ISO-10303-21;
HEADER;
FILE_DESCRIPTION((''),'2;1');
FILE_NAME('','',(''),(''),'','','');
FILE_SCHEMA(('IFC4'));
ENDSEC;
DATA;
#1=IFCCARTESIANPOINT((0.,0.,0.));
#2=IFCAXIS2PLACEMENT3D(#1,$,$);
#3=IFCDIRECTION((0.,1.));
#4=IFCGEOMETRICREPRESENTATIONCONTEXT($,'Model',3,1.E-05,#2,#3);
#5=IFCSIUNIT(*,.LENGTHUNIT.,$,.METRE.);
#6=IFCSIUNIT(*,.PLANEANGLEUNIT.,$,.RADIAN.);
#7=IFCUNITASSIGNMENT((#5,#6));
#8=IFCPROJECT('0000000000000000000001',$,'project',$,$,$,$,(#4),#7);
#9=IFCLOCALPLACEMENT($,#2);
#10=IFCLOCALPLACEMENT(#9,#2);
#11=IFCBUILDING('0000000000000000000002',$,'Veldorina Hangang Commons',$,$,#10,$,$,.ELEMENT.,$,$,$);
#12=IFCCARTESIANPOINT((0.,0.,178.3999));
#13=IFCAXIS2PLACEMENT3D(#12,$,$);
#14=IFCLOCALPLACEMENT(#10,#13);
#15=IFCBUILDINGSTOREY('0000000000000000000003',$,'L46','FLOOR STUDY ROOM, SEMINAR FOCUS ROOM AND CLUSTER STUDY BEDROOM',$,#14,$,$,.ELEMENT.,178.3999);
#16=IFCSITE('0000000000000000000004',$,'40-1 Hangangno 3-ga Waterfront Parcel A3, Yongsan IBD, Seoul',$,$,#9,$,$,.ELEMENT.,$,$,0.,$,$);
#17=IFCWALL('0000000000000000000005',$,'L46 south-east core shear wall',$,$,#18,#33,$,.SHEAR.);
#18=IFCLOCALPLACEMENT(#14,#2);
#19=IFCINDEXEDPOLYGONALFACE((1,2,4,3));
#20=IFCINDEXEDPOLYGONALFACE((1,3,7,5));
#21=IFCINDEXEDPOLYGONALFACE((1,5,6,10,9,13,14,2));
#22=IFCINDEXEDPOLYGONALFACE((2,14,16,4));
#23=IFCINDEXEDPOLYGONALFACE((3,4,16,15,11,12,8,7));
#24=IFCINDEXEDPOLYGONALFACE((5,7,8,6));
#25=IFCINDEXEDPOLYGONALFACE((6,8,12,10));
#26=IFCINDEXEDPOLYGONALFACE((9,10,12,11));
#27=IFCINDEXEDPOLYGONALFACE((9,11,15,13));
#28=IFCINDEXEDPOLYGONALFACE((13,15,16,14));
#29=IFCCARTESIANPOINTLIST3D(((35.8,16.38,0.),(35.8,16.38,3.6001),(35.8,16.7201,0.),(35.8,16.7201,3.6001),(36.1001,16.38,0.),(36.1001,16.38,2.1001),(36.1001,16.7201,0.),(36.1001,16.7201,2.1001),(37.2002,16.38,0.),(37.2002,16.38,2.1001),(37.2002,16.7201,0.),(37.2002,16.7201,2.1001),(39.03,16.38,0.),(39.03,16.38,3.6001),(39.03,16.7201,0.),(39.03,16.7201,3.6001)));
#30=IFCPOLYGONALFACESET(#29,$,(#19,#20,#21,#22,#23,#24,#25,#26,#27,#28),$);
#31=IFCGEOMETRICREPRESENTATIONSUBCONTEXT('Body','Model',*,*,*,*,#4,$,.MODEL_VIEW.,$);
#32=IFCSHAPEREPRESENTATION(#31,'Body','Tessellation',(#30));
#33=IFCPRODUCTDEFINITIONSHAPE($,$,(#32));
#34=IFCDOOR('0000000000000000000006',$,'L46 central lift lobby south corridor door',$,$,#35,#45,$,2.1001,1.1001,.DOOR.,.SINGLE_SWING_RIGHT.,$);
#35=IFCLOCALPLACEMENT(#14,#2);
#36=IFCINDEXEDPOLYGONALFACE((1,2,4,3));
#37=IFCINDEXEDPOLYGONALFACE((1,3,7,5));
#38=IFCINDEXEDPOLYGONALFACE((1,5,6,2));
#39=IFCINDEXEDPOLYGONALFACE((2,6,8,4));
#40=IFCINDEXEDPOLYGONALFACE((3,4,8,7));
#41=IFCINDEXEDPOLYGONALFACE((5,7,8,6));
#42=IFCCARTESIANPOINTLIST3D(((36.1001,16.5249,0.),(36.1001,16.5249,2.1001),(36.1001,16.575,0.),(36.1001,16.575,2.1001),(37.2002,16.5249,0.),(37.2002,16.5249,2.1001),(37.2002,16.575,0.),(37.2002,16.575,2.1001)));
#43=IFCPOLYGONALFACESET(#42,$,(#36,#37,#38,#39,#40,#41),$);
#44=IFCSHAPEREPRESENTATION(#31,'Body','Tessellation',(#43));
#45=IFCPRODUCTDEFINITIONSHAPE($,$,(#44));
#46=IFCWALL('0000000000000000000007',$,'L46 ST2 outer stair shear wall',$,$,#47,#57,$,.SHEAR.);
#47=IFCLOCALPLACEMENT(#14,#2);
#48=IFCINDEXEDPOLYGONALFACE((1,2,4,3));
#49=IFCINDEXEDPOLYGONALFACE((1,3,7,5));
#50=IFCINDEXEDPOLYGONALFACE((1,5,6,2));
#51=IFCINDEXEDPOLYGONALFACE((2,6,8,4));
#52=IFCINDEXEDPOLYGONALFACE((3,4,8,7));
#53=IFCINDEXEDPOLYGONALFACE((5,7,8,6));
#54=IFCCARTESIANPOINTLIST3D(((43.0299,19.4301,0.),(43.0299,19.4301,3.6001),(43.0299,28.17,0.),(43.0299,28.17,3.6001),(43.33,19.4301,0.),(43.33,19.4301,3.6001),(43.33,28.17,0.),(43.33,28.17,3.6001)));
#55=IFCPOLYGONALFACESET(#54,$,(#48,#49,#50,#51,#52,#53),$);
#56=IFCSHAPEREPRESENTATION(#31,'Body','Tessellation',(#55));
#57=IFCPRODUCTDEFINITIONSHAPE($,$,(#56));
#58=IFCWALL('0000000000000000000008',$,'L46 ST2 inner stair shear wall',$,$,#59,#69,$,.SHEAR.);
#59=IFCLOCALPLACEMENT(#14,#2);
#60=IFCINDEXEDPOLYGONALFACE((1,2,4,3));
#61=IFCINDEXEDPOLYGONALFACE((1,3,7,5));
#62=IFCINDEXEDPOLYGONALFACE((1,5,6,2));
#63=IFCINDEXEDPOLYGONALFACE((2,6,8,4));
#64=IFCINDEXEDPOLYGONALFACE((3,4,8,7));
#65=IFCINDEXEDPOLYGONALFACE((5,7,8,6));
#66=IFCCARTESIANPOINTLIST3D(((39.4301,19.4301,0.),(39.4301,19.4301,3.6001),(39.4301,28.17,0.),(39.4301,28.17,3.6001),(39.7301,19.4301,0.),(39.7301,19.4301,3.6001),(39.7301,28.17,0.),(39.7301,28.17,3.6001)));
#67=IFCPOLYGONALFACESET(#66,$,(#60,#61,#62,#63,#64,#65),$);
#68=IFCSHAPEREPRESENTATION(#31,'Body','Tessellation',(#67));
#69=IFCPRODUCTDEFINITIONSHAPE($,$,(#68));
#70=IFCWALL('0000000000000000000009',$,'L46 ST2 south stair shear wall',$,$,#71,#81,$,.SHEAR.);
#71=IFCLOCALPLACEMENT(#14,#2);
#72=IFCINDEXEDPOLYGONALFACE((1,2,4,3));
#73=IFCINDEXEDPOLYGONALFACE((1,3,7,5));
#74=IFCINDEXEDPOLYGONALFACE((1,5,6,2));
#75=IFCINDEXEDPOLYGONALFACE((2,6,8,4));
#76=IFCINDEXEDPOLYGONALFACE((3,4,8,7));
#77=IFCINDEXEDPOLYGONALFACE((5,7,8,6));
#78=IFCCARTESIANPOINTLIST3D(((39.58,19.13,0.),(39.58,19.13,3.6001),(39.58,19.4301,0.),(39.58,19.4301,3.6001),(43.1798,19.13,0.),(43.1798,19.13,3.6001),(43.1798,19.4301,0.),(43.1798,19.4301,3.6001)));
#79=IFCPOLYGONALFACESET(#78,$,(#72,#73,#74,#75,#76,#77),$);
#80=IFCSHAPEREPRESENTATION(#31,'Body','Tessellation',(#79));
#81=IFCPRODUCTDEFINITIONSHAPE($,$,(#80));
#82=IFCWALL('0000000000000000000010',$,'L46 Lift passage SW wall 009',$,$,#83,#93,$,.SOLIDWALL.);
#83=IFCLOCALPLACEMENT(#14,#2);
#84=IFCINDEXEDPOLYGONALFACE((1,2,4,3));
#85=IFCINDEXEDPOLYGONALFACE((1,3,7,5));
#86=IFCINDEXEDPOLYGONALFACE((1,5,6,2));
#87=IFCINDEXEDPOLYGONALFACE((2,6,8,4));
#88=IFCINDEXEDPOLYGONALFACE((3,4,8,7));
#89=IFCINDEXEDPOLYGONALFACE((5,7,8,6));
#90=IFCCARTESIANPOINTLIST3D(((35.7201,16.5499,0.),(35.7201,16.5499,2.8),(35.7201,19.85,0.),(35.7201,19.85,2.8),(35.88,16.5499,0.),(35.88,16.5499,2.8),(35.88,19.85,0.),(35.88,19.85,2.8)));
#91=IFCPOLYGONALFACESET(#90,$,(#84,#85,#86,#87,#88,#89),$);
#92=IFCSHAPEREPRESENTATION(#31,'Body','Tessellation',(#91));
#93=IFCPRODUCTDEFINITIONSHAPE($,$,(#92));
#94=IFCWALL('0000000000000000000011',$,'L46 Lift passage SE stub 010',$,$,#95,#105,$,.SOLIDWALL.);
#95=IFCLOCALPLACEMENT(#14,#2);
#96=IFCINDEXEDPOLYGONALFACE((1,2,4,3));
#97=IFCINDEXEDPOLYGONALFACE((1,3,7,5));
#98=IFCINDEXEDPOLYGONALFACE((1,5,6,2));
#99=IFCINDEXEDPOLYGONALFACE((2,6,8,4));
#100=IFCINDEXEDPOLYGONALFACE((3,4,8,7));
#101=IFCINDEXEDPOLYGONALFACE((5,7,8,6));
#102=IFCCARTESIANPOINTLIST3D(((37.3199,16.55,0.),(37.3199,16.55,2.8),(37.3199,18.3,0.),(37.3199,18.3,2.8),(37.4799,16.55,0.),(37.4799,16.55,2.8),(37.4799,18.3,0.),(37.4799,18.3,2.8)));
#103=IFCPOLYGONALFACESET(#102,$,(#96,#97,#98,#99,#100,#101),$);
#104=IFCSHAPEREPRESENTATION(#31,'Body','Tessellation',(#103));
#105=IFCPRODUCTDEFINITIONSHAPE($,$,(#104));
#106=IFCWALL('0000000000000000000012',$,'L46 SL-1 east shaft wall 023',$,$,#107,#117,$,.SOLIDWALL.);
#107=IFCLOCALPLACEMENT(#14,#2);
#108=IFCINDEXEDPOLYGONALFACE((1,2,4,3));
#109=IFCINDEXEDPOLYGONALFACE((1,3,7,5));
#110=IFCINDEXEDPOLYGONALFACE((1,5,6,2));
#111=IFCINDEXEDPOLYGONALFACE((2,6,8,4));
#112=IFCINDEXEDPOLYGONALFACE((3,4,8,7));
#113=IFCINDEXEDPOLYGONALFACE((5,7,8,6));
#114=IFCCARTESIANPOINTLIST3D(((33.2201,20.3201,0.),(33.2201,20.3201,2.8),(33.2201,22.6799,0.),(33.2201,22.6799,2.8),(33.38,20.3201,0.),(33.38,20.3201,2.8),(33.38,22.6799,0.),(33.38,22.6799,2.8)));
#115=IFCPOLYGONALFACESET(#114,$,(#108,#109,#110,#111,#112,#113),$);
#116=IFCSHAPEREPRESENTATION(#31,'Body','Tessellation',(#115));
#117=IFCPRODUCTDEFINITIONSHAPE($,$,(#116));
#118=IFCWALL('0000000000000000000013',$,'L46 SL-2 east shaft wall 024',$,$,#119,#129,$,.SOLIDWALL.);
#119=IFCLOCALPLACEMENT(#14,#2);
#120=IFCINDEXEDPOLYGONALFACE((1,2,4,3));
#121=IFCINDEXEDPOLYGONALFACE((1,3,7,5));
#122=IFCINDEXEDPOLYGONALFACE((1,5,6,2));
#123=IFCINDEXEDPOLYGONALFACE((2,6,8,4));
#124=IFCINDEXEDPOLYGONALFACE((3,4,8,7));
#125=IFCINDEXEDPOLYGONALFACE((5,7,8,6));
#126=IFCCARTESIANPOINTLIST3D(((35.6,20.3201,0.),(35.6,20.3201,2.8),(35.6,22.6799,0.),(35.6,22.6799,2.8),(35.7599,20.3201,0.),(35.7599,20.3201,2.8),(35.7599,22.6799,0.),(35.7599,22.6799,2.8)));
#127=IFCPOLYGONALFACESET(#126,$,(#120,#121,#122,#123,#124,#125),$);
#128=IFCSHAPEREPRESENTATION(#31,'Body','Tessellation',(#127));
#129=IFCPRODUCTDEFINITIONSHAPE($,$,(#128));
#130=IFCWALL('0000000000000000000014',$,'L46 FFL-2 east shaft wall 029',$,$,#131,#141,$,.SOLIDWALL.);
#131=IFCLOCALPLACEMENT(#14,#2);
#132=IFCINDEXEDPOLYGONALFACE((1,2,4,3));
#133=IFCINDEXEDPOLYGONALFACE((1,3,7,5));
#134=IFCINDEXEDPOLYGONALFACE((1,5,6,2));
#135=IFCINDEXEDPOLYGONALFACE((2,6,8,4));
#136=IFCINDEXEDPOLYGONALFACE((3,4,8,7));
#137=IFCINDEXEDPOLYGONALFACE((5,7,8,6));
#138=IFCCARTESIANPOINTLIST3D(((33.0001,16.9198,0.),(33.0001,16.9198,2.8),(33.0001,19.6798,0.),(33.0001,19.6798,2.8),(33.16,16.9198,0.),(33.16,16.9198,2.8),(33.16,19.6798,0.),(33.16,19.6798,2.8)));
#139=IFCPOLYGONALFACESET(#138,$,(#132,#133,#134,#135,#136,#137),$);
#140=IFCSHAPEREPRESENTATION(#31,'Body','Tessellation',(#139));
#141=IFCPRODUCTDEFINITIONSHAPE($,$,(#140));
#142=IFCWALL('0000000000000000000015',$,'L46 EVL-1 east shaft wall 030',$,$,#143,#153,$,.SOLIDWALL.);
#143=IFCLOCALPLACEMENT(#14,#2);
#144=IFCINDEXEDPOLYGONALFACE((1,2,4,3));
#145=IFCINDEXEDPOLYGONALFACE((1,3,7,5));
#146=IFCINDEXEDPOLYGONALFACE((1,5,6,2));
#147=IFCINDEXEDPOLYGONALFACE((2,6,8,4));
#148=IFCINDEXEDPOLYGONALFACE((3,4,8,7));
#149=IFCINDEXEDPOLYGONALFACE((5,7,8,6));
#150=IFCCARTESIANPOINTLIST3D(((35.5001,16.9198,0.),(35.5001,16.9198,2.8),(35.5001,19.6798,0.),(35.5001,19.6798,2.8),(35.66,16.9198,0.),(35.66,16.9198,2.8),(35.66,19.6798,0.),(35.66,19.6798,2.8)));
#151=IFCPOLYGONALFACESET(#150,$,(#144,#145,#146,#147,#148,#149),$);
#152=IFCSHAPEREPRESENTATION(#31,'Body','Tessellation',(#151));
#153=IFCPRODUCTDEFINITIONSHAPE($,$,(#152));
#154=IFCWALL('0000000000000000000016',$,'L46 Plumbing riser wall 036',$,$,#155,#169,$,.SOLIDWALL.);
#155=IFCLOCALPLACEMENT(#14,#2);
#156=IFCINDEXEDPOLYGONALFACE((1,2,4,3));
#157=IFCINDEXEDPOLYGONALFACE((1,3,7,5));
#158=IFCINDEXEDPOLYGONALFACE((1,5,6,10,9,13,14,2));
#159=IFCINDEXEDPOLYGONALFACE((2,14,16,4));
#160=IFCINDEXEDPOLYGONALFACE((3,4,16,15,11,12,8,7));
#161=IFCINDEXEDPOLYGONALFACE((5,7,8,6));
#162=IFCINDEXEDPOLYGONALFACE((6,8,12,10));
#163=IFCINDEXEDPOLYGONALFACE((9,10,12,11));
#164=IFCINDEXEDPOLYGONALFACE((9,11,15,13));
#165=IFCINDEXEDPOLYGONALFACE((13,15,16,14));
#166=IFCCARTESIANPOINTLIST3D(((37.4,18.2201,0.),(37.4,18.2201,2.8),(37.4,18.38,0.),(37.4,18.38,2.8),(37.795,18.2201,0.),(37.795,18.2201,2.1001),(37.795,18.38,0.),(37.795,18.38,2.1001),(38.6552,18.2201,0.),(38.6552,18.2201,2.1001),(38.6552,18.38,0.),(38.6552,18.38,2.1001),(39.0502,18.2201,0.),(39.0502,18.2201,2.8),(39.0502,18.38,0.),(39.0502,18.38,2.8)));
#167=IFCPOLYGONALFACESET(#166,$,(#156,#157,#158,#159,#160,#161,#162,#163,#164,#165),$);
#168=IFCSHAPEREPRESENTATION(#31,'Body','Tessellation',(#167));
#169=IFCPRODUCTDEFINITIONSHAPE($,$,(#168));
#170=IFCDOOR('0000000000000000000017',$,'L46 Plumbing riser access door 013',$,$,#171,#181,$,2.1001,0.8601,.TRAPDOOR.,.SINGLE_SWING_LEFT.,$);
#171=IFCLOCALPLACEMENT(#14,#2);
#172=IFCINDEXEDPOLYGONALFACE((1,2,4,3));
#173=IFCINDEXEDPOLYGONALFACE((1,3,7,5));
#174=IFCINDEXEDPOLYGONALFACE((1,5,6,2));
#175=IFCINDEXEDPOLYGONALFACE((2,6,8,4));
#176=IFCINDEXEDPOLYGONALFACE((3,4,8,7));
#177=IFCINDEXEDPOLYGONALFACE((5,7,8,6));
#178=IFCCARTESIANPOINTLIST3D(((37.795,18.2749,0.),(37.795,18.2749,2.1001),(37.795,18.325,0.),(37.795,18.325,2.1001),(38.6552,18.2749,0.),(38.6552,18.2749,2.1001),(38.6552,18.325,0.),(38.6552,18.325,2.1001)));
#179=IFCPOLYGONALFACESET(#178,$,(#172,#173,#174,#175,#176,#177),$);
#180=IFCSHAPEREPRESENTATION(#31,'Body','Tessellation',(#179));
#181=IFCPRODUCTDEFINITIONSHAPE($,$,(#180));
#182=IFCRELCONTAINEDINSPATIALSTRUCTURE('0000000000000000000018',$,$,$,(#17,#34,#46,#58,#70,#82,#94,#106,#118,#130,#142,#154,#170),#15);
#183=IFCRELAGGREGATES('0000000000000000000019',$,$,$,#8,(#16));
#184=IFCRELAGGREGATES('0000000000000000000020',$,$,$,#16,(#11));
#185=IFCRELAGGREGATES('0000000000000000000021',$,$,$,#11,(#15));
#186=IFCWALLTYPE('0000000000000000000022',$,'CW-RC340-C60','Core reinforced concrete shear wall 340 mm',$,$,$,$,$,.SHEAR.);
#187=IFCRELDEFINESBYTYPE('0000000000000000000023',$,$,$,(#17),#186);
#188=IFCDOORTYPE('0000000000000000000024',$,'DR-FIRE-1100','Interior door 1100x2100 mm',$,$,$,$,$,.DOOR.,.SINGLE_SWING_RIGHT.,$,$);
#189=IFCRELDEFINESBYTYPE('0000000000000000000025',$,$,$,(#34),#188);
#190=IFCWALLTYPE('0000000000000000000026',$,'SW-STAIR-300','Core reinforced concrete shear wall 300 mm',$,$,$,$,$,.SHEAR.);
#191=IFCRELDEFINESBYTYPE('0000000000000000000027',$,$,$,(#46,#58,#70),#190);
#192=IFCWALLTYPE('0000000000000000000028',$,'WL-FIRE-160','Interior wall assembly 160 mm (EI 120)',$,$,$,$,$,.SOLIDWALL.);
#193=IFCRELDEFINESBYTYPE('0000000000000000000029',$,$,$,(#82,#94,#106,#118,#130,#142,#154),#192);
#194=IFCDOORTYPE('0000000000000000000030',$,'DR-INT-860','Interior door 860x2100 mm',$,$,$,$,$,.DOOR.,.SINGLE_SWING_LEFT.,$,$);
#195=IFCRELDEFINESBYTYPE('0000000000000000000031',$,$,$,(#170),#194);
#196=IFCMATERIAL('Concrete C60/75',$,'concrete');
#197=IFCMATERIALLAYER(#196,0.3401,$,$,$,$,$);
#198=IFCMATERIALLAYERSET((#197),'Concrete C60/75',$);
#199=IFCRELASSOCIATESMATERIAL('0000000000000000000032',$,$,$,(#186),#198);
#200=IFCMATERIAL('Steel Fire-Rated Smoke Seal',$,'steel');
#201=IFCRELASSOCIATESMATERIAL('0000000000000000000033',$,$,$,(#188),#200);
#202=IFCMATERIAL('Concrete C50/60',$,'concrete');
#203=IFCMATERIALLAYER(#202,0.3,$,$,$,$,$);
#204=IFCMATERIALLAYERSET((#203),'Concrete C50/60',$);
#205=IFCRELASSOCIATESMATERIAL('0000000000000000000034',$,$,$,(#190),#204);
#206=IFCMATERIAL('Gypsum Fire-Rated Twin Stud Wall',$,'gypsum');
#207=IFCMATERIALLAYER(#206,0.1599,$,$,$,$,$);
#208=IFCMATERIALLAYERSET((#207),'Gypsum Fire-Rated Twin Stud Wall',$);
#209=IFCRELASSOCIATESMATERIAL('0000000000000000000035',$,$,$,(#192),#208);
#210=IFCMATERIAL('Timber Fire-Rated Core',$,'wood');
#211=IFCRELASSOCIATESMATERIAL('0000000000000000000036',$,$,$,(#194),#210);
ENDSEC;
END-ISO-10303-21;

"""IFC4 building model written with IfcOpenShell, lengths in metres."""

from ifc_helpers import new_model, si_unit, direction, frame, frame_2d, origin, place, context, subcontext, project, spatial, rectangle, extrude, material, layer, layer_set, type_object, element, fill, save


model = new_model("IFC4")

# Units and contexts
model_context = context("Model", 3, precision=1e-05, world=origin(), true_north=direction((0.0, 1.0)))
body_context = subcontext(model_context, "Body", "Model", "MODEL_VIEW")
ifc_project = project(units=[si_unit("LENGTHUNIT", "METRE"), si_unit("PLANEANGLEUNIT", "RADIAN")], contexts=[model_context])

# Site, building, storey
site_placement = place(None, origin())
site = spatial("IfcSite", under=ifc_project, at=site_placement, Name="40-1 Hangangno 3-ga Waterfront Parcel A3, Yongsan IBD, Seoul", CompositionType="ELEMENT", RefElevation=0.0)
building_placement = place(site_placement, origin())
building = spatial("IfcBuilding", under=site, at=building_placement, Name="Veldorina Hangang Commons", CompositionType="ELEMENT")
storey_placement = place(building_placement, frame((0.0, 0.0, 178.3999)))
storey = spatial("IfcBuildingStorey", under=building, at=storey_placement, Name="L46", Description="FLOOR STUDY ROOM, SEMINAR FOCUS ROOM AND CLUSTER STUDY BEDROOM", CompositionType="ELEMENT", Elevation=178.3999)

# Shared definitions
ifc_material_1 = material(Name="Concrete C60/75", Category="concrete")

# Shared definitions
ifc_layer_1 = layer(ifc_material_1, 0.3401)
ifc_layer_set_1 = layer_set([ifc_layer_1], Name="Concrete C60/75")
wall_type_1 = type_object("IfcWallType", Name="CW-RC340-C60", Description="Core reinforced concrete shear wall 340 mm", PredefinedType="SHEAR", material=ifc_layer_set_1)

# Wall, opening, door
wall_1_placement = place(storey_placement, frame((35.8, 16.55, 0.0), z_axis=(0.0, 0.0, 1.0), x_axis=(1.0, 0.0, 0.0)))
wall_1 = element("IfcWall", 1, at=wall_1_placement, inside=storey, type_object=wall_type_1, Name="L46 south-east core shear wall", PredefinedType="SHEAR", context=body_context, shape_type="SweptSolid", body=[
    extrude(rectangle(XDim=3.23, YDim=0.3401, at=frame_2d((1.615, 0.0))), origin(), (0.0, 0.0, 1.0), 3.6001),
])
opening_1_placement = place(wall_1_placement, frame((0.3, 0.0, 0.0)))
opening_1 = element("IfcOpeningElement", 2, at=opening_1_placement, cuts=wall_1, PredefinedType="OPENING", context=body_context, shape_type="SweptSolid", body=[
    extrude(rectangle(XDim=1.1001, YDim=2.1001, at=frame_2d((0.55, 1.05))), frame((0.0, 0.1802, 0.0), z_axis=(0.0, -1.0, 0.0), x_axis=(1.0, 0.0, 0.0)), (0.0, 0.0, 1.0), 0.3601),
])
ifc_material_2 = material(Name="Steel Fire-Rated Smoke Seal", Category="steel")
door_type_1 = type_object("IfcDoorType", Name="DR-FIRE-1100", Description="Interior door 1100x2100 mm", OperationType="SINGLE_SWING_RIGHT", PredefinedType="DOOR", material=ifc_material_2)
door_1_placement = place(opening_1_placement, origin())
door_1 = element("IfcDoor", 3, at=door_1_placement, inside=storey, type_object=door_type_1, Name="L46 central lift lobby south corridor door", OperationType="SINGLE_SWING_RIGHT", OverallHeight=2.1001, OverallWidth=1.1001, PredefinedType="DOOR", context=body_context, shape_type="SweptSolid", body=[
    extrude(rectangle(XDim=1.1001, YDim=2.1001, at=frame_2d((0.55, 1.05))), frame((0.0, 0.0249, 0.0), z_axis=(0.0, -1.0, 0.0), x_axis=(1.0, 0.0, 0.0)), (0.0, 0.0, 1.0), 0.05),
])
fill(opening_1, door_1)

# Walls
ifc_material_3 = material(Name="Concrete C50/60", Category="concrete")
ifc_layer_2 = layer(ifc_material_3, 0.3)
ifc_layer_set_2 = layer_set([ifc_layer_2], Name="Concrete C50/60")
wall_type_2 = type_object("IfcWallType", Name="SW-STAIR-300", Description="Core reinforced concrete shear wall 300 mm", PredefinedType="SHEAR", material=ifc_layer_set_2)
for number, where, z_axis, x_axis, name in (
    (4, (43.1799, 19.4299, 0.0), (0.0, 0.0, 1.0), (0.0, 1.0, 0.0), "L46 ST2 outer stair shear wall"),
    (5, (39.5801, 19.4299, 0.0), (0.0, 0.0, 1.0), (0.0, 1.0, 0.0), "L46 ST2 inner stair shear wall"),
):
    element("IfcWall", number, at=place(storey_placement, frame(where, z_axis=z_axis, x_axis=x_axis)), inside=storey, type_object=wall_type_2, Name=name, PredefinedType="SHEAR", context=body_context, shape_type="SweptSolid", body=[
        extrude(rectangle(XDim=8.74, YDim=0.3, at=frame_2d((4.3701, 0.0))), origin(), (0.0, 0.0, 1.0), 3.6001),
    ])
wall_2_placement = place(storey_placement, frame((39.5801, 19.28, 0.0), z_axis=(0.0, 0.0, 1.0), x_axis=(1.0, 0.0, 0.0)))
element("IfcWall", 6, at=wall_2_placement, inside=storey, type_object=wall_type_2, Name="L46 ST2 south stair shear wall", PredefinedType="SHEAR", context=body_context, shape_type="SweptSolid", body=[
    extrude(rectangle(XDim=3.5999, YDim=0.3, at=frame_2d((1.7998, 0.0))), origin(), (0.0, 0.0, 1.0), 3.6001),
])
ifc_material_4 = material(Name="Gypsum Fire-Rated Twin Stud Wall", Category="gypsum")
ifc_layer_3 = layer(ifc_material_4, 0.1599)
ifc_layer_set_3 = layer_set([ifc_layer_3], Name="Gypsum Fire-Rated Twin Stud Wall")
wall_type_3 = type_object("IfcWallType", Name="WL-FIRE-160", Description="Interior wall assembly 160 mm (EI 120)", PredefinedType="SOLIDWALL", material=ifc_layer_set_3)
wall_3_placement = place(storey_placement, frame((35.8, 16.55, 0.0), z_axis=(0.0, 0.0, 1.0), x_axis=(0.0, 1.0, 0.0)))
element("IfcWall", 7, at=wall_3_placement, inside=storey, type_object=wall_type_3, Name="L46 Lift passage SW wall 009", PredefinedType="SOLIDWALL", context=body_context, shape_type="SweptSolid", body=[
    extrude(rectangle(XDim=3.3, YDim=0.1599, at=frame_2d((1.6499, 0.0))), origin(), (0.0, 0.0, 1.0), 2.8),
])
wall_4_placement = place(storey_placement, frame((37.3999, 16.55, 0.0), z_axis=(0.0, 0.0, 1.0), x_axis=(0.0, 1.0, 0.0)))
element("IfcWall", 8, at=wall_4_placement, inside=storey, type_object=wall_type_3, Name="L46 Lift passage SE stub 010", PredefinedType="SOLIDWALL", context=body_context, shape_type="SweptSolid", body=[
    extrude(rectangle(XDim=1.75, YDim=0.1599, at=frame_2d((0.875, 0.0))), origin(), (0.0, 0.0, 1.0), 2.8),
])
for number, where, z_axis, x_axis, name in (
    (9, (33.3, 20.3201, 0.0), (0.0, 0.0, 1.0), (0.0, 1.0, 0.0), "L46 SL-1 east shaft wall 023"),
    (10, (35.6799, 20.3201, 0.0), (0.0, 0.0, 1.0), (0.0, 1.0, 0.0), "L46 SL-2 east shaft wall 024"),
):
    element("IfcWall", number, at=place(storey_placement, frame(where, z_axis=z_axis, x_axis=x_axis)), inside=storey, type_object=wall_type_3, Name=name, PredefinedType="SOLIDWALL", context=body_context, shape_type="SweptSolid", body=[
        extrude(rectangle(XDim=2.3599, YDim=0.1599, at=frame_2d((1.1799, 0.0))), origin(), (0.0, 0.0, 1.0), 2.8),
    ])
for number, where, z_axis, x_axis, name in (
    (11, (33.0801, 16.9199, 0.0), (0.0, 0.0, 1.0), (0.0, 1.0, 0.0), "L46 FFL-2 east shaft wall 029"),
    (12, (35.5801, 16.9199, 0.0), (0.0, 0.0, 1.0), (0.0, 1.0, 0.0), "L46 EVL-1 east shaft wall 030"),
):
    element("IfcWall", number, at=place(storey_placement, frame(where, z_axis=z_axis, x_axis=x_axis)), inside=storey, type_object=wall_type_3, Name=name, PredefinedType="SOLIDWALL", context=body_context, shape_type="SweptSolid", body=[
        extrude(rectangle(XDim=2.76, YDim=0.1599, at=frame_2d((1.3799, 0.0))), origin(), (0.0, 0.0, 1.0), 2.8),
    ])

# Wall, opening, door
wall_5_placement = place(storey_placement, frame((37.3999, 18.3, 0.0), z_axis=(0.0, 0.0, 1.0), x_axis=(1.0, 0.0, 0.0)))
wall_5 = element("IfcWall", 13, at=wall_5_placement, inside=storey, type_object=wall_type_3, Name="L46 Plumbing riser wall 036", PredefinedType="SOLIDWALL", context=body_context, shape_type="SweptSolid", body=[
    extrude(rectangle(XDim=1.6501, YDim=0.1599, at=frame_2d((0.8252, 0.0))), origin(), (0.0, 0.0, 1.0), 2.8),
])
opening_2_placement = place(wall_5_placement, frame((0.395, 0.0, 0.0)))
opening_2 = element("IfcOpeningElement", 14, at=opening_2_placement, cuts=wall_5, PredefinedType="OPENING", context=body_context, shape_type="SweptSolid", body=[
    extrude(rectangle(XDim=0.8601, YDim=2.1001, at=frame_2d((0.4302, 1.05))), frame((0.0, 0.0898, 0.0), z_axis=(0.0, -1.0, 0.0), x_axis=(1.0, 0.0, 0.0)), (0.0, 0.0, 1.0), 0.1799),
])
ifc_material_5 = material(Name="Timber Fire-Rated Core", Category="wood")
door_type_2 = type_object("IfcDoorType", Name="DR-INT-860", Description="Interior door 860x2100 mm", OperationType="SINGLE_SWING_LEFT", PredefinedType="DOOR", material=ifc_material_5)
door_2_placement = place(opening_2_placement, origin())
door_2 = element("IfcDoor", 15, at=door_2_placement, inside=storey, type_object=door_type_2, Name="L46 Plumbing riser access door 013", OperationType="SINGLE_SWING_LEFT", OverallHeight=2.1001, OverallWidth=0.8601, PredefinedType="TRAPDOOR", context=body_context, shape_type="SweptSolid", body=[
    extrude(rectangle(XDim=0.8601, YDim=2.1001, at=frame_2d((0.4302, 1.05))), frame((0.0, 0.0249, 0.0), z_axis=(0.0, -1.0, 0.0), x_axis=(1.0, 0.0, 0.0)), (0.0, 0.0, 1.0), 0.05),
])
fill(opening_2, door_2)

save(model, "model.ifc")
